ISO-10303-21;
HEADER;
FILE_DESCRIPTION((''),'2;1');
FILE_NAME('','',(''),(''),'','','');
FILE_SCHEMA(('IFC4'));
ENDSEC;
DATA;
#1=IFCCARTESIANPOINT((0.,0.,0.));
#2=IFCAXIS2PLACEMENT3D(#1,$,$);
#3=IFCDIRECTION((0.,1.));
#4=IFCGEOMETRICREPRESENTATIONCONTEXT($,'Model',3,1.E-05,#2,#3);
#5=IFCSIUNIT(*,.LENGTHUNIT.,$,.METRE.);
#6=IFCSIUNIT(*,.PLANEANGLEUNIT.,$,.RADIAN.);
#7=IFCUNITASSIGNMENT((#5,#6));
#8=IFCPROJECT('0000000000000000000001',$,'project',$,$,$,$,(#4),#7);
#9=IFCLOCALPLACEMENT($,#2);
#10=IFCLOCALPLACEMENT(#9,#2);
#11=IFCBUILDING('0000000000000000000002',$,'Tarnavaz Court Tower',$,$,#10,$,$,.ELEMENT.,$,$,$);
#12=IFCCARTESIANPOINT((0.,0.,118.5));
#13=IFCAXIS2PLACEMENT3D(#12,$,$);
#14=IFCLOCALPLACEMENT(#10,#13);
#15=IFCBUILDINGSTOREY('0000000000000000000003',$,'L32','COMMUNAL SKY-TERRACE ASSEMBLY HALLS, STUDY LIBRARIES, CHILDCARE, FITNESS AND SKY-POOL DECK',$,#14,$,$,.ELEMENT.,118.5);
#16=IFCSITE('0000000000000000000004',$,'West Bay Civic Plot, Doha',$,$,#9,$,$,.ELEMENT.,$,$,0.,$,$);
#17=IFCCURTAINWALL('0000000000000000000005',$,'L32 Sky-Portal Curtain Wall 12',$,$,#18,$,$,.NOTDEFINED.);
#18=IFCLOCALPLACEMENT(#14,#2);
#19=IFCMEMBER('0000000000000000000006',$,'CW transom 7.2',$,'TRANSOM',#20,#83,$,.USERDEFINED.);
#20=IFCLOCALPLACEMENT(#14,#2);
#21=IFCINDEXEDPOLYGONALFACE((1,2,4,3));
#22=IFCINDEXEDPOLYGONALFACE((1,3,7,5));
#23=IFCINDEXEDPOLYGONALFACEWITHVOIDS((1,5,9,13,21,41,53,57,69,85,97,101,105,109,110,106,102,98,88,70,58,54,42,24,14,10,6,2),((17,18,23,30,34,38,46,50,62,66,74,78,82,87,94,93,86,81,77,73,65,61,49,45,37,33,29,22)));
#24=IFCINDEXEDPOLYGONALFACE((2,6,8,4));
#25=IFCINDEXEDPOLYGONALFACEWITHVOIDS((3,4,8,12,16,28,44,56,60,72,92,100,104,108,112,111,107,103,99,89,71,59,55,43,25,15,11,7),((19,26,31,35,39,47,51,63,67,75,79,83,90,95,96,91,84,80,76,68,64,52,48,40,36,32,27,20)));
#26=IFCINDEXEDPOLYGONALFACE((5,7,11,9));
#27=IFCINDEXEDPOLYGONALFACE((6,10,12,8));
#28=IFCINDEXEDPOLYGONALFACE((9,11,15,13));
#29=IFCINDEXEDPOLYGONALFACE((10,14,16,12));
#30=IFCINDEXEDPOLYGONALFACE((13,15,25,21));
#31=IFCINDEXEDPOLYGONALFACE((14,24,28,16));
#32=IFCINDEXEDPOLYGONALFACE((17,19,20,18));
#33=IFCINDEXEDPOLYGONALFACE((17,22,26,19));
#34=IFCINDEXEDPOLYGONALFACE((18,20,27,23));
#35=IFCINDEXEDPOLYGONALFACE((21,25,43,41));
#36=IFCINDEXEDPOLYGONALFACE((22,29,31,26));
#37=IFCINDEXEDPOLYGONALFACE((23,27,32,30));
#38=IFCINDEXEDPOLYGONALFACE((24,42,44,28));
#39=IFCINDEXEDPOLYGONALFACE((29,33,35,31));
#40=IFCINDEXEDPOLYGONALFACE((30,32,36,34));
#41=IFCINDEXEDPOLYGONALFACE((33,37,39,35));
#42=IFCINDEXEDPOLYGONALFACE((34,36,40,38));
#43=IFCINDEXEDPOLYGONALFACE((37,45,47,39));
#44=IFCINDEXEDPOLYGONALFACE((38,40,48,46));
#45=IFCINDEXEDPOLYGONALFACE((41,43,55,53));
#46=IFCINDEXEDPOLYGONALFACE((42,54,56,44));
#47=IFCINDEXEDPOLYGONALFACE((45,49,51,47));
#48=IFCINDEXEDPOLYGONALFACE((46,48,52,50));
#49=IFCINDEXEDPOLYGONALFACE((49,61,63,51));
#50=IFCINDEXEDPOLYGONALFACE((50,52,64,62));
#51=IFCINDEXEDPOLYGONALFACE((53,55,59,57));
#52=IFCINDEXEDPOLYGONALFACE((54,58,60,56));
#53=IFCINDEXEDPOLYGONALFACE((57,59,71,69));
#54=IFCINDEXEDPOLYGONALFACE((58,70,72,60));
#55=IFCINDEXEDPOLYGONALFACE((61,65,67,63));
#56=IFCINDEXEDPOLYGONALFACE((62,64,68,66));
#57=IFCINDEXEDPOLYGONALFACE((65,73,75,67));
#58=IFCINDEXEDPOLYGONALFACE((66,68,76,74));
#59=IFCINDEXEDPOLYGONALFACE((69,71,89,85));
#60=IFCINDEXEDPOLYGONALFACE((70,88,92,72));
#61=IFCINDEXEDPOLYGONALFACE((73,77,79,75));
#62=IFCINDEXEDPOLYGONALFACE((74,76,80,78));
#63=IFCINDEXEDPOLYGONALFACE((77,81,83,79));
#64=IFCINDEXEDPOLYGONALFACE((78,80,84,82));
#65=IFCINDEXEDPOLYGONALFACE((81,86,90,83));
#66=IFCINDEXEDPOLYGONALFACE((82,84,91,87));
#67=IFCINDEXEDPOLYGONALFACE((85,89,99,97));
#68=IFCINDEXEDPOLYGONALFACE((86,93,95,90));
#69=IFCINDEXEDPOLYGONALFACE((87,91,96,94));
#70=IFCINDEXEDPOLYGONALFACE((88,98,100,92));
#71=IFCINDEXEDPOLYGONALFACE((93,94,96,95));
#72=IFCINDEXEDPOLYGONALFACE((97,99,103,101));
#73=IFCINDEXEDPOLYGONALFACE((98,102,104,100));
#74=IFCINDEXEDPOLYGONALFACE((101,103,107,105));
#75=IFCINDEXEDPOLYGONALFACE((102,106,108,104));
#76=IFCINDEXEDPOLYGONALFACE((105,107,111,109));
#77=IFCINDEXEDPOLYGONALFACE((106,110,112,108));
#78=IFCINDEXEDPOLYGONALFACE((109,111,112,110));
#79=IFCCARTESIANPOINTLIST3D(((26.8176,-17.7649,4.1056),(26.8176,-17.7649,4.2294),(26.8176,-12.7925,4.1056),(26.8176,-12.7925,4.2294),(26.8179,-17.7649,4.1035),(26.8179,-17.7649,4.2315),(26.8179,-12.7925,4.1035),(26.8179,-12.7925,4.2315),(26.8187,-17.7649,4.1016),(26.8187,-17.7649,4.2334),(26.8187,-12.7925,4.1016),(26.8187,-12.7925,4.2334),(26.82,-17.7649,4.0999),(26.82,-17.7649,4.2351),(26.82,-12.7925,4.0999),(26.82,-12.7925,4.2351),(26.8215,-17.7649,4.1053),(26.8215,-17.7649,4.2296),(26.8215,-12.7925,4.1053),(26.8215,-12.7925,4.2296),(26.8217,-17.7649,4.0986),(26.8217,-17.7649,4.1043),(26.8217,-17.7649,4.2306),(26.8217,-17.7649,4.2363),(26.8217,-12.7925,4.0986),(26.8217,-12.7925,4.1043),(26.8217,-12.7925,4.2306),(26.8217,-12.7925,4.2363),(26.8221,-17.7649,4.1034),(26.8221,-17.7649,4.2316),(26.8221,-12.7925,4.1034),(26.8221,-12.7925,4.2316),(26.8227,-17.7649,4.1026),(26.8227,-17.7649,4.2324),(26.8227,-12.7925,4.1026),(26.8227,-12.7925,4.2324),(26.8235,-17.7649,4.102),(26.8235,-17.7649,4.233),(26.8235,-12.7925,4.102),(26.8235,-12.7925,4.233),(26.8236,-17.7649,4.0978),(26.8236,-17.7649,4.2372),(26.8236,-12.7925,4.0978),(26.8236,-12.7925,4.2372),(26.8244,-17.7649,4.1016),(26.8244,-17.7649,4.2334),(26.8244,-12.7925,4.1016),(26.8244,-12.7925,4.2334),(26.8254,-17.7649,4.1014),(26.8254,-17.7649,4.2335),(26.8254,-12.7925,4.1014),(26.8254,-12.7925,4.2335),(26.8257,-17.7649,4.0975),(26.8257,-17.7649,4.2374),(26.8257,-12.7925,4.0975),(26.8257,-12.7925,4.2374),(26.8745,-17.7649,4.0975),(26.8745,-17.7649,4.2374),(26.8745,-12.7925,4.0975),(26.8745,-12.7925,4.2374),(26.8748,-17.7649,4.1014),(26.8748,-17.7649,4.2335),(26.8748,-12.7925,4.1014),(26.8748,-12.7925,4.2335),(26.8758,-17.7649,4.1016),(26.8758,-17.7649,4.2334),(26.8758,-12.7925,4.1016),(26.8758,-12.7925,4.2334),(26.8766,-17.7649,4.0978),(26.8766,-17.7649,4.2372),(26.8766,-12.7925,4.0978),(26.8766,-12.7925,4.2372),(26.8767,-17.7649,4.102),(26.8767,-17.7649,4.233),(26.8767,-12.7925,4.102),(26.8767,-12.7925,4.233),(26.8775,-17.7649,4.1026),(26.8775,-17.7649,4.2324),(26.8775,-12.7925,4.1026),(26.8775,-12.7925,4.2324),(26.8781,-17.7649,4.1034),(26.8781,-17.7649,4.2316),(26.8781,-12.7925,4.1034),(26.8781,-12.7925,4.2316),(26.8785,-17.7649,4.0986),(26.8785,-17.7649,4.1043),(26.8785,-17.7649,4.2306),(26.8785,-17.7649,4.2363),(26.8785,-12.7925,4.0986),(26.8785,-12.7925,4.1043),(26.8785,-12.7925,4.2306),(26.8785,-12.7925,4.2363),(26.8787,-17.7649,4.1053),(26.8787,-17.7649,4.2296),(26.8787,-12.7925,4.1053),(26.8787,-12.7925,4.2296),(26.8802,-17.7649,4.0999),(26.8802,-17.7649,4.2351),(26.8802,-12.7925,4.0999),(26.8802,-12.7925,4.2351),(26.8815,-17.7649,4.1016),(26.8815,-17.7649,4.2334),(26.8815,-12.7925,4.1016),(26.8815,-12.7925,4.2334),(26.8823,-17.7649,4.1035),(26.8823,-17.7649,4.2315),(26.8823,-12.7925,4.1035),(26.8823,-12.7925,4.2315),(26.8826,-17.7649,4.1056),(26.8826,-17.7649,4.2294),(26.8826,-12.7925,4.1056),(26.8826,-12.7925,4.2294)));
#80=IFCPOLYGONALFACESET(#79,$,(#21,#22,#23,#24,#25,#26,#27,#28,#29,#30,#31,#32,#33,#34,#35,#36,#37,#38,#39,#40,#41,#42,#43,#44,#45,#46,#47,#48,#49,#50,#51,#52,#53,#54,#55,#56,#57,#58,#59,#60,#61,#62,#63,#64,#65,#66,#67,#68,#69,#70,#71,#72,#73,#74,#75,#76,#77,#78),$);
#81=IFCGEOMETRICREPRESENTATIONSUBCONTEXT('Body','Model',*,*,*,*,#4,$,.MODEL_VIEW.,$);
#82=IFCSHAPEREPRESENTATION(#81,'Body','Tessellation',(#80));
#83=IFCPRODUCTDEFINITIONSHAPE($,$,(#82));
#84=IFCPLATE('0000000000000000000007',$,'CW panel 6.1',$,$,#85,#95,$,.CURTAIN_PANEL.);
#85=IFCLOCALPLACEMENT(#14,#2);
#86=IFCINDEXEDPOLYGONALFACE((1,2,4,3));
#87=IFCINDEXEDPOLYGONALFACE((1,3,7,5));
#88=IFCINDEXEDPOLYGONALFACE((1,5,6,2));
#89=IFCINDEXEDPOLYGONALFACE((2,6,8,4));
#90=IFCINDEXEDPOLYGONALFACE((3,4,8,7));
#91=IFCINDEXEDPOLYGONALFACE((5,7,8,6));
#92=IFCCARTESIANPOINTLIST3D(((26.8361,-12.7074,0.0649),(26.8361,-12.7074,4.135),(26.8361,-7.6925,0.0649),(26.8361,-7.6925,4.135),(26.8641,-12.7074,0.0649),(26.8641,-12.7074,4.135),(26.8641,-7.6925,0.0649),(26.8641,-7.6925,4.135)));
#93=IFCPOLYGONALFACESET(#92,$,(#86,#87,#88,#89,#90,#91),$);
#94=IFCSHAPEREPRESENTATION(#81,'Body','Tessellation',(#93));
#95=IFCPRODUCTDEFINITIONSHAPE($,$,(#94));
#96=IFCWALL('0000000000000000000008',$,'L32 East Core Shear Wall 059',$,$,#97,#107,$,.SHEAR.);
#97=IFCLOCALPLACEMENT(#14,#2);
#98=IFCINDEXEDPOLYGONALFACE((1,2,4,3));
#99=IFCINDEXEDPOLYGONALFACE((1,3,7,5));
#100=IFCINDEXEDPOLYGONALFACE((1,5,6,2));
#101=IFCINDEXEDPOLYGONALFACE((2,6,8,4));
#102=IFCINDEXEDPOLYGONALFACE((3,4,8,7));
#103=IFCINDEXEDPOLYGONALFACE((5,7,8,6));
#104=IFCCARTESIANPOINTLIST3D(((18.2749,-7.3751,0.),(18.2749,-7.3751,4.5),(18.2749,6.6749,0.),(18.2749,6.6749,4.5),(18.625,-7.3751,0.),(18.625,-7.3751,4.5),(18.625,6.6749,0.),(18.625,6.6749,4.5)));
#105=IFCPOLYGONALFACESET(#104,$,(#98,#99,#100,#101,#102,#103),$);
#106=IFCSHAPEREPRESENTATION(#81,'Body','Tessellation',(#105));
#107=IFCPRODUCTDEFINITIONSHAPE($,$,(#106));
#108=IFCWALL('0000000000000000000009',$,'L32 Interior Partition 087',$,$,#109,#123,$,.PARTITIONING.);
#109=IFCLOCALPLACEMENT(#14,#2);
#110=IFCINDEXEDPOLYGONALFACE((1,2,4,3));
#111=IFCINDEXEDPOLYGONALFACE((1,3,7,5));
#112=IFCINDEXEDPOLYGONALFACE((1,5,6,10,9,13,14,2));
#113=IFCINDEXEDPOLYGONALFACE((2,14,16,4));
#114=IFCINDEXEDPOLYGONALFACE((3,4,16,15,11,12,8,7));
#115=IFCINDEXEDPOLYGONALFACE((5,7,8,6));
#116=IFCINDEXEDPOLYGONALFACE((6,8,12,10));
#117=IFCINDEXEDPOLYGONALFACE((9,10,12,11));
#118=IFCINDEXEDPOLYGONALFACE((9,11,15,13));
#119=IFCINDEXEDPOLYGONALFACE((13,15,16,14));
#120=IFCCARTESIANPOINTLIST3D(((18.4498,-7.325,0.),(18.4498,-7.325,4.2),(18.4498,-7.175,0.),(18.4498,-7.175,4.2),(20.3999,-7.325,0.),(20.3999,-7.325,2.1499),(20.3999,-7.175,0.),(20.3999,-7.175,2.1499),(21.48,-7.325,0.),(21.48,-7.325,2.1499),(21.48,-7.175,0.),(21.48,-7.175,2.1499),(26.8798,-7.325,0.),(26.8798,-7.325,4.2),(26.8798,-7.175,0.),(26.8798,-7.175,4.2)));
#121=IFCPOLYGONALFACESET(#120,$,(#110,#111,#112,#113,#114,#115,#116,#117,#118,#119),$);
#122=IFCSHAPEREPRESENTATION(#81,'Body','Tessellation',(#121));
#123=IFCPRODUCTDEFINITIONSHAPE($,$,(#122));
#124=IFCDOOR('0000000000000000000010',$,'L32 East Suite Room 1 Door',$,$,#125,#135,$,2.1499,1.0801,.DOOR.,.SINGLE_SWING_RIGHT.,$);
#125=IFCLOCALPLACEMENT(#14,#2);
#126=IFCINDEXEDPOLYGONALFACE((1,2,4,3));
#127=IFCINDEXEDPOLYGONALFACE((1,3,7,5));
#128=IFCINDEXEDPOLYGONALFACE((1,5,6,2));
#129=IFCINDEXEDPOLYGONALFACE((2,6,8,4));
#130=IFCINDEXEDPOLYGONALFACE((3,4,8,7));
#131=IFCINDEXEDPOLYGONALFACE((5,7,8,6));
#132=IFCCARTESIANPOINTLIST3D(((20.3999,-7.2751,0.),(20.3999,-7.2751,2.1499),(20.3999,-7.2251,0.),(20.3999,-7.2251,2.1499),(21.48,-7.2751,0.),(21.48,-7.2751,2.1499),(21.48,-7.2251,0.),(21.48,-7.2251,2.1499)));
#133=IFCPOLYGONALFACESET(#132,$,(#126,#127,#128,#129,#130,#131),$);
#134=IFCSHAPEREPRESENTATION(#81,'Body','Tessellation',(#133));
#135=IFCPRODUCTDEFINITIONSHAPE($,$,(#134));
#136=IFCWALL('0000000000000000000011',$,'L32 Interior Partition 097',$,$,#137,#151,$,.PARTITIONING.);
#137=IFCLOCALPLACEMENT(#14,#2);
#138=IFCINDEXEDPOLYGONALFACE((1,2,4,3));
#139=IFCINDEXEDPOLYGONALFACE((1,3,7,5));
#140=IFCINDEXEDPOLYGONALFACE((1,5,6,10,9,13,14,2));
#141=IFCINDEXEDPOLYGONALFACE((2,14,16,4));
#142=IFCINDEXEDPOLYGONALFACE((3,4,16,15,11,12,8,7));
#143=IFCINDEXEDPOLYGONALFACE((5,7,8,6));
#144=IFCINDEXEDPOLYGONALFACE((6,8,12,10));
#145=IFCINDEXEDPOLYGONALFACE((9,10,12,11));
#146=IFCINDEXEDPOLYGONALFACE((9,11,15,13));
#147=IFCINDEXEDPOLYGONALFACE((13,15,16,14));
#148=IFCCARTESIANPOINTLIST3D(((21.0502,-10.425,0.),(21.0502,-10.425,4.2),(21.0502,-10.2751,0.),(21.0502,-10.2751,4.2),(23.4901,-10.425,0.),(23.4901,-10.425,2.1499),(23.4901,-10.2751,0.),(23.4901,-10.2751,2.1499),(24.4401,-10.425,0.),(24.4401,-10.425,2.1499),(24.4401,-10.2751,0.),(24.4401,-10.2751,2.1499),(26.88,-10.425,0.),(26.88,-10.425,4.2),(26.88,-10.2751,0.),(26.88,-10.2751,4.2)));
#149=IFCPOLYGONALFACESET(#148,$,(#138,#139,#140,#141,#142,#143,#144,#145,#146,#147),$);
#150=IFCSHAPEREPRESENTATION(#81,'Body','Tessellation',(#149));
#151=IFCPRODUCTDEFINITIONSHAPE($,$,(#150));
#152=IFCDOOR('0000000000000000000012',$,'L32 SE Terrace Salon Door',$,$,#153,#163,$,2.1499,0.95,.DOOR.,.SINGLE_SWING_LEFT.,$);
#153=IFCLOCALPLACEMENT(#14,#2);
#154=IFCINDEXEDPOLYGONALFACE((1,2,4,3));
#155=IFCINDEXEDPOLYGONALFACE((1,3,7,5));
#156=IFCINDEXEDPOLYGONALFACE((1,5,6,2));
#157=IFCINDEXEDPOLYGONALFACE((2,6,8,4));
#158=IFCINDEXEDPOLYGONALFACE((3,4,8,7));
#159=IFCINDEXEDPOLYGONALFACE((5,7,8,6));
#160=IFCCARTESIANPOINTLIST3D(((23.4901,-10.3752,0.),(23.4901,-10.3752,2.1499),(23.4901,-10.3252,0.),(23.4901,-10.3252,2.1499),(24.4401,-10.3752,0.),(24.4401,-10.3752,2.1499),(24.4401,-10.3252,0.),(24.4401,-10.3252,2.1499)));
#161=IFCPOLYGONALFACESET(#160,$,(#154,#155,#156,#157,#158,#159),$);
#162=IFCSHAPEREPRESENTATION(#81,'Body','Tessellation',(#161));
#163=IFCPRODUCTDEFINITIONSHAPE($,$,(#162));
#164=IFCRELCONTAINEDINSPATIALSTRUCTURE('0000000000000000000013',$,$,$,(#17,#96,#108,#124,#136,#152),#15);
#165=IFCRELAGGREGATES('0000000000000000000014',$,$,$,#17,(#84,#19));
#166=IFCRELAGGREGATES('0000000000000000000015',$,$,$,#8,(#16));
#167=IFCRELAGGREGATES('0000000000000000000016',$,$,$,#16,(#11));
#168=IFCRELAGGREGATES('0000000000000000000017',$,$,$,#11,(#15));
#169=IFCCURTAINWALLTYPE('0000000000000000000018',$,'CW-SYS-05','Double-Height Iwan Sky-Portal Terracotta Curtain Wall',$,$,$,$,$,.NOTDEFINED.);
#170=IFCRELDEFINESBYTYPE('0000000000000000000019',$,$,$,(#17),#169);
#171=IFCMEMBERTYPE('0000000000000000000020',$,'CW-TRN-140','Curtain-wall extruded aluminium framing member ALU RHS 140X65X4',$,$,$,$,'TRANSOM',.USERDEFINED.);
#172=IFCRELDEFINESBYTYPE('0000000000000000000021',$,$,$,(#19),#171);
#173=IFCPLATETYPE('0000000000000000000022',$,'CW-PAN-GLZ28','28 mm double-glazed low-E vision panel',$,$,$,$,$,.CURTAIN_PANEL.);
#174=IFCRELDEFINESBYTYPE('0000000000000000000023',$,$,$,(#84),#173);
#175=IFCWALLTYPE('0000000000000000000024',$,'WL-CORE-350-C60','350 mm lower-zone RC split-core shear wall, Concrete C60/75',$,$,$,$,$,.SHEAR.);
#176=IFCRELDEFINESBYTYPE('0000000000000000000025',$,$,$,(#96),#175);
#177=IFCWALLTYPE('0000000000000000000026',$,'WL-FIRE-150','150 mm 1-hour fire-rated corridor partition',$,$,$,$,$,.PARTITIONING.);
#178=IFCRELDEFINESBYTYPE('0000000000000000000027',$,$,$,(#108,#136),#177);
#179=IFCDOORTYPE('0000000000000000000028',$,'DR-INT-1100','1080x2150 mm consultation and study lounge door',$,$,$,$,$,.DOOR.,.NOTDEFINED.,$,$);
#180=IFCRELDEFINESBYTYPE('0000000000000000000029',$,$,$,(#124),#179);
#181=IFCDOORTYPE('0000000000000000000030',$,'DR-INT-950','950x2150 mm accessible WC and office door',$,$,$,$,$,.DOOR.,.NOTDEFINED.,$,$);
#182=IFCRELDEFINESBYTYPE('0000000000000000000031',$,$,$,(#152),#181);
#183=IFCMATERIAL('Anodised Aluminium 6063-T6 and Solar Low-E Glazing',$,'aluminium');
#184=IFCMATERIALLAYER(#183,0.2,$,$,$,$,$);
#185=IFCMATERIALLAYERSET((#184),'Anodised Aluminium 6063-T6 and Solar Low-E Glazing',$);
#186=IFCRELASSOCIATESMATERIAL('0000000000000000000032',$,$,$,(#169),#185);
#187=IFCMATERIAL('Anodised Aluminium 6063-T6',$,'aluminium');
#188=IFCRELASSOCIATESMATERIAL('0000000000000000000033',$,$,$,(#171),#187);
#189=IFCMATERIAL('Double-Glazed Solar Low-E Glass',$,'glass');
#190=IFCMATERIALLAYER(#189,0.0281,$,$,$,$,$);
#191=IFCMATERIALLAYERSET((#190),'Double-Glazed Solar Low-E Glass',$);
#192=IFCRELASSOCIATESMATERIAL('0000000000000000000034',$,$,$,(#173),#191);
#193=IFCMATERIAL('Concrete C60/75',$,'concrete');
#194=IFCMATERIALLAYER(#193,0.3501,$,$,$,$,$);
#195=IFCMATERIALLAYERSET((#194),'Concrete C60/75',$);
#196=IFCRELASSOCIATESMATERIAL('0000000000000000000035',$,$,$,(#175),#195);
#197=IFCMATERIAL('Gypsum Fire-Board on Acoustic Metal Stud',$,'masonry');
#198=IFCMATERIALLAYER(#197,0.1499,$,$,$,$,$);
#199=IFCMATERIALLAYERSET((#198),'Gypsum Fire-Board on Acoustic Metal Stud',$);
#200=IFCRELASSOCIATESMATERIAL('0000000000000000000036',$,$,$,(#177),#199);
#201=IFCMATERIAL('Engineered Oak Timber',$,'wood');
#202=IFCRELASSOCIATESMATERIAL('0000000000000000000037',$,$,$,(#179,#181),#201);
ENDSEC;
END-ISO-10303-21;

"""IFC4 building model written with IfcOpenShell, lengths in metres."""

from ifc_helpers import new_model, si_unit, direction, frame, frame_2d, origin, origin_2d, place, context, subcontext, project, spatial, rectangle, hollow_rectangle, extrude, material, layer, layer_set, material_profile, profile_set, type_object, element, fill, aggregate, save


model = new_model("IFC4")

# Units and contexts
model_context = context("Model", 3, precision=1e-05, world=origin(), true_north=direction((0.0, 1.0)))
body_context = subcontext(model_context, "Body", "Model", "MODEL_VIEW")
ifc_project = project(units=[si_unit("LENGTHUNIT", "METRE"), si_unit("PLANEANGLEUNIT", "RADIAN")], contexts=[model_context])

# Site, building, storey
site_placement = place(None, origin())
site = spatial("IfcSite", under=ifc_project, at=site_placement, Name="West Bay Civic Plot, Doha", CompositionType="ELEMENT", RefElevation=0.0)
building_placement = place(site_placement, origin())
building = spatial("IfcBuilding", under=site, at=building_placement, Name="Tarnavaz Court Tower", CompositionType="ELEMENT")
storey_placement = place(building_placement, frame((0.0, 0.0, 118.5)))
storey = spatial("IfcBuildingStorey", under=building, at=storey_placement, Name="L32", Description="COMMUNAL SKY-TERRACE ASSEMBLY HALLS, STUDY LIBRARIES, CHILDCARE, FITNESS AND SKY-POOL DECK", CompositionType="ELEMENT", Elevation=118.5)

# Curtain wall, member, plate
ifc_material_1 = material(Name="Anodised Aluminium 6063-T6 and Solar Low-E Glazing", Category="aluminium")
ifc_layer_1 = layer(ifc_material_1, 0.2)
ifc_layer_set_1 = layer_set([ifc_layer_1], Name="Anodised Aluminium 6063-T6 and Solar Low-E Glazing")
curtain_wall_type = type_object("IfcCurtainWallType", Name="CW-SYS-05", Description="Double-Height Iwan Sky-Portal Terracotta Curtain Wall", PredefinedType="NOTDEFINED", material=ifc_layer_set_1)
curtain_wall_placement = place(storey_placement, origin())
curtain_wall = element("IfcCurtainWall", 1, at=curtain_wall_placement, inside=storey, type_object=curtain_wall_type, Name="L32 Sky-Portal Curtain Wall 12", PredefinedType="NOTDEFINED")
ifc_material_2 = material(Name="Anodised Aluminium 6063-T6", Category="aluminium")
ifc_material_profile_1 = material_profile(ifc_material_2, hollow_rectangle(XDim=0.0649, YDim=0.1399, WallThickness=0.0039, InnerFilletRadius=0.0039, OuterFilletRadius=0.0081, at=origin_2d()), Name="ALU RHS 140X65X4")
ifc_profile_set_1 = profile_set([ifc_material_profile_1], Name="Anodised Aluminium 6063-T6")
member_type_1 = type_object("IfcMemberType", Name="CW-TRN-140", Description="Curtain-wall extruded aluminium framing member ALU RHS 140X65X4", ElementType="TRANSOM", PredefinedType="USERDEFINED", material=ifc_profile_set_1)
member_1_placement = place(storey_placement, frame((26.8501, -12.7925, 4.1675), z_axis=(0.0, -1.0, 0.0), x_axis=(1.0, 0.0, 0.0)))
member_1 = element("IfcMember", 2, at=member_1_placement, type_object=member_type_1, Name="CW transom 7.2", ObjectType="TRANSOM", PredefinedType="USERDEFINED", context=body_context, shape_type="SweptSolid", body=[
    extrude(hollow_rectangle(XDim=0.0649, YDim=0.1399, WallThickness=0.0039, InnerFilletRadius=0.0039, OuterFilletRadius=0.0081, at=origin_2d()), origin(), (0.0, 0.0, 1.0), 4.9724),
])
ifc_material_3 = material(Name="Double-Glazed Solar Low-E Glass", Category="glass")
ifc_layer_2 = layer(ifc_material_3, 0.0281)
ifc_layer_set_2 = layer_set([ifc_layer_2], Name="Double-Glazed Solar Low-E Glass")
plate_type = type_object("IfcPlateType", Name="CW-PAN-GLZ28", Description="28 mm double-glazed low-E vision panel", PredefinedType="CURTAIN_PANEL", material=ifc_layer_set_2)
plate_placement = place(storey_placement, frame((26.8501, -10.2, 0.0649), z_axis=(0.0, 0.0, 1.0), x_axis=(0.0, -1.0, 0.0)))
plate = element("IfcPlate", 3, at=plate_placement, type_object=plate_type, Name="CW panel 6.1", PredefinedType="CURTAIN_PANEL", context=body_context, shape_type="SweptSolid", body=[
    extrude(rectangle(XDim=5.0149, YDim=0.0281, at=origin_2d()), origin(), (0.0, 0.0, 1.0), 4.0701),
])
aggregate(curtain_wall, [plate, member_1])

# Wall
ifc_material_4 = material(Name="Concrete C60/75", Category="concrete")
ifc_layer_3 = layer(ifc_material_4, 0.3501)
ifc_layer_set_3 = layer_set([ifc_layer_3], Name="Concrete C60/75")
wall_type_1 = type_object("IfcWallType", Name="WL-CORE-350-C60", Description="350 mm lower-zone RC split-core shear wall, Concrete C60/75", PredefinedType="SHEAR", material=ifc_layer_set_3)
wall_1_placement = place(storey_placement, frame((18.45, -7.375, 0.0), z_axis=(0.0, 0.0, 1.0), x_axis=(0.0, 1.0, 0.0)))
element("IfcWall", 4, at=wall_1_placement, inside=storey, type_object=wall_type_1, Name="L32 East Core Shear Wall 059", PredefinedType="SHEAR", context=body_context, shape_type="SweptSolid", body=[
    extrude(rectangle(XDim=14.05, YDim=0.3501, at=frame_2d((7.0249, 0.0))), origin(), (0.0, 0.0, 1.0), 4.5),
])

# Walls, openings, doors
ifc_material_5 = material(Name="Gypsum Fire-Board on Acoustic Metal Stud", Category="masonry")
ifc_layer_4 = layer(ifc_material_5, 0.1499)
ifc_layer_set_4 = layer_set([ifc_layer_4], Name="Gypsum Fire-Board on Acoustic Metal Stud")
wall_type_2 = type_object("IfcWallType", Name="WL-FIRE-150", Description="150 mm 1-hour fire-rated corridor partition", PredefinedType="PARTITIONING", material=ifc_layer_set_4)
wall_2_placement = place(storey_placement, frame((18.45, -7.25, 0.0), z_axis=(0.0, 0.0, 1.0), x_axis=(1.0, 0.0, 0.0)))
wall_2 = element("IfcWall", 5, at=wall_2_placement, inside=storey, type_object=wall_type_2, Name="L32 Interior Partition 087", PredefinedType="PARTITIONING", context=body_context, shape_type="SweptSolid", body=[
    extrude(rectangle(XDim=8.4299, YDim=0.1499, at=frame_2d((4.2148, 0.0))), origin(), (0.0, 0.0, 1.0), 4.2),
])
opening_1_placement = place(wall_2_placement, frame((1.95, 0.0, 0.0)))
opening_1 = element("IfcOpeningElement", 6, at=opening_1_placement, cuts=wall_2, PredefinedType="OPENING", context=body_context, shape_type="SweptSolid", body=[
    extrude(rectangle(XDim=1.0801, YDim=2.1499, at=frame_2d((0.54, 1.075))), frame((0.0, 0.085, 0.0), z_axis=(0.0, -1.0, 0.0), x_axis=(1.0, 0.0, 0.0)), (0.0, 0.0, 1.0), 0.1699),
])
ifc_material_6 = material(Name="Engineered Oak Timber", Category="wood")
door_type_1 = type_object("IfcDoorType", Name="DR-INT-1100", Description="1080x2150 mm consultation and study lounge door", OperationType="NOTDEFINED", PredefinedType="DOOR", material=ifc_material_6)
door_1_placement = place(opening_1_placement, origin())
door_1 = element("IfcDoor", 7, at=door_1_placement, inside=storey, type_object=door_type_1, Name="L32 East Suite Room 1 Door", OperationType="SINGLE_SWING_RIGHT", OverallHeight=2.1499, OverallWidth=1.0801, PredefinedType="DOOR", context=body_context, shape_type="SweptSolid", body=[
    extrude(rectangle(XDim=1.0801, YDim=2.1499, at=frame_2d((0.54, 1.075))), frame((0.0, 0.0249, 0.0), z_axis=(0.0, -1.0, 0.0), x_axis=(1.0, 0.0, 0.0)), (0.0, 0.0, 1.0), 0.05),
])
fill(opening_1, door_1)
wall_3_placement = place(storey_placement, frame((21.05, -10.3501, 0.0), z_axis=(0.0, 0.0, 1.0), x_axis=(1.0, 0.0, 0.0)))
wall_3 = element("IfcWall", 8, at=wall_3_placement, inside=storey, type_object=wall_type_2, Name="L32 Interior Partition 097", PredefinedType="PARTITIONING", context=body_context, shape_type="SweptSolid", body=[
    extrude(rectangle(XDim=5.8298, YDim=0.1499, at=frame_2d((2.915, 0.0))), origin(), (0.0, 0.0, 1.0), 4.2),
])
opening_2_placement = place(wall_3_placement, frame((2.4399, 0.0, 0.0)))
opening_2 = element("IfcOpeningElement", 9, at=opening_2_placement, cuts=wall_3, PredefinedType="OPENING", context=body_context, shape_type="SweptSolid", body=[
    extrude(rectangle(XDim=0.95, YDim=2.1499, at=frame_2d((0.4751, 1.075))), frame((0.0, 0.085, 0.0), z_axis=(0.0, -1.0, 0.0), x_axis=(1.0, 0.0, 0.0)), (0.0, 0.0, 1.0), 0.1699),
])
door_type_2 = type_object("IfcDoorType", Name="DR-INT-950", Description="950x2150 mm accessible WC and office door", OperationType="NOTDEFINED", PredefinedType="DOOR", material=ifc_material_6)
door_2_placement = place(opening_2_placement, origin())
door_2 = element("IfcDoor", 10, at=door_2_placement, inside=storey, type_object=door_type_2, Name="L32 SE Terrace Salon Door", OperationType="SINGLE_SWING_LEFT", OverallHeight=2.1499, OverallWidth=0.95, PredefinedType="DOOR", context=body_context, shape_type="SweptSolid", body=[
    extrude(rectangle(XDim=0.95, YDim=2.1499, at=frame_2d((0.4751, 1.075))), frame((0.0, 0.0249, 0.0), z_axis=(0.0, -1.0, 0.0), x_axis=(1.0, 0.0, 0.0)), (0.0, 0.0, 1.0), 0.05),
])
fill(opening_2, door_2)

save(model, "model.ifc")
